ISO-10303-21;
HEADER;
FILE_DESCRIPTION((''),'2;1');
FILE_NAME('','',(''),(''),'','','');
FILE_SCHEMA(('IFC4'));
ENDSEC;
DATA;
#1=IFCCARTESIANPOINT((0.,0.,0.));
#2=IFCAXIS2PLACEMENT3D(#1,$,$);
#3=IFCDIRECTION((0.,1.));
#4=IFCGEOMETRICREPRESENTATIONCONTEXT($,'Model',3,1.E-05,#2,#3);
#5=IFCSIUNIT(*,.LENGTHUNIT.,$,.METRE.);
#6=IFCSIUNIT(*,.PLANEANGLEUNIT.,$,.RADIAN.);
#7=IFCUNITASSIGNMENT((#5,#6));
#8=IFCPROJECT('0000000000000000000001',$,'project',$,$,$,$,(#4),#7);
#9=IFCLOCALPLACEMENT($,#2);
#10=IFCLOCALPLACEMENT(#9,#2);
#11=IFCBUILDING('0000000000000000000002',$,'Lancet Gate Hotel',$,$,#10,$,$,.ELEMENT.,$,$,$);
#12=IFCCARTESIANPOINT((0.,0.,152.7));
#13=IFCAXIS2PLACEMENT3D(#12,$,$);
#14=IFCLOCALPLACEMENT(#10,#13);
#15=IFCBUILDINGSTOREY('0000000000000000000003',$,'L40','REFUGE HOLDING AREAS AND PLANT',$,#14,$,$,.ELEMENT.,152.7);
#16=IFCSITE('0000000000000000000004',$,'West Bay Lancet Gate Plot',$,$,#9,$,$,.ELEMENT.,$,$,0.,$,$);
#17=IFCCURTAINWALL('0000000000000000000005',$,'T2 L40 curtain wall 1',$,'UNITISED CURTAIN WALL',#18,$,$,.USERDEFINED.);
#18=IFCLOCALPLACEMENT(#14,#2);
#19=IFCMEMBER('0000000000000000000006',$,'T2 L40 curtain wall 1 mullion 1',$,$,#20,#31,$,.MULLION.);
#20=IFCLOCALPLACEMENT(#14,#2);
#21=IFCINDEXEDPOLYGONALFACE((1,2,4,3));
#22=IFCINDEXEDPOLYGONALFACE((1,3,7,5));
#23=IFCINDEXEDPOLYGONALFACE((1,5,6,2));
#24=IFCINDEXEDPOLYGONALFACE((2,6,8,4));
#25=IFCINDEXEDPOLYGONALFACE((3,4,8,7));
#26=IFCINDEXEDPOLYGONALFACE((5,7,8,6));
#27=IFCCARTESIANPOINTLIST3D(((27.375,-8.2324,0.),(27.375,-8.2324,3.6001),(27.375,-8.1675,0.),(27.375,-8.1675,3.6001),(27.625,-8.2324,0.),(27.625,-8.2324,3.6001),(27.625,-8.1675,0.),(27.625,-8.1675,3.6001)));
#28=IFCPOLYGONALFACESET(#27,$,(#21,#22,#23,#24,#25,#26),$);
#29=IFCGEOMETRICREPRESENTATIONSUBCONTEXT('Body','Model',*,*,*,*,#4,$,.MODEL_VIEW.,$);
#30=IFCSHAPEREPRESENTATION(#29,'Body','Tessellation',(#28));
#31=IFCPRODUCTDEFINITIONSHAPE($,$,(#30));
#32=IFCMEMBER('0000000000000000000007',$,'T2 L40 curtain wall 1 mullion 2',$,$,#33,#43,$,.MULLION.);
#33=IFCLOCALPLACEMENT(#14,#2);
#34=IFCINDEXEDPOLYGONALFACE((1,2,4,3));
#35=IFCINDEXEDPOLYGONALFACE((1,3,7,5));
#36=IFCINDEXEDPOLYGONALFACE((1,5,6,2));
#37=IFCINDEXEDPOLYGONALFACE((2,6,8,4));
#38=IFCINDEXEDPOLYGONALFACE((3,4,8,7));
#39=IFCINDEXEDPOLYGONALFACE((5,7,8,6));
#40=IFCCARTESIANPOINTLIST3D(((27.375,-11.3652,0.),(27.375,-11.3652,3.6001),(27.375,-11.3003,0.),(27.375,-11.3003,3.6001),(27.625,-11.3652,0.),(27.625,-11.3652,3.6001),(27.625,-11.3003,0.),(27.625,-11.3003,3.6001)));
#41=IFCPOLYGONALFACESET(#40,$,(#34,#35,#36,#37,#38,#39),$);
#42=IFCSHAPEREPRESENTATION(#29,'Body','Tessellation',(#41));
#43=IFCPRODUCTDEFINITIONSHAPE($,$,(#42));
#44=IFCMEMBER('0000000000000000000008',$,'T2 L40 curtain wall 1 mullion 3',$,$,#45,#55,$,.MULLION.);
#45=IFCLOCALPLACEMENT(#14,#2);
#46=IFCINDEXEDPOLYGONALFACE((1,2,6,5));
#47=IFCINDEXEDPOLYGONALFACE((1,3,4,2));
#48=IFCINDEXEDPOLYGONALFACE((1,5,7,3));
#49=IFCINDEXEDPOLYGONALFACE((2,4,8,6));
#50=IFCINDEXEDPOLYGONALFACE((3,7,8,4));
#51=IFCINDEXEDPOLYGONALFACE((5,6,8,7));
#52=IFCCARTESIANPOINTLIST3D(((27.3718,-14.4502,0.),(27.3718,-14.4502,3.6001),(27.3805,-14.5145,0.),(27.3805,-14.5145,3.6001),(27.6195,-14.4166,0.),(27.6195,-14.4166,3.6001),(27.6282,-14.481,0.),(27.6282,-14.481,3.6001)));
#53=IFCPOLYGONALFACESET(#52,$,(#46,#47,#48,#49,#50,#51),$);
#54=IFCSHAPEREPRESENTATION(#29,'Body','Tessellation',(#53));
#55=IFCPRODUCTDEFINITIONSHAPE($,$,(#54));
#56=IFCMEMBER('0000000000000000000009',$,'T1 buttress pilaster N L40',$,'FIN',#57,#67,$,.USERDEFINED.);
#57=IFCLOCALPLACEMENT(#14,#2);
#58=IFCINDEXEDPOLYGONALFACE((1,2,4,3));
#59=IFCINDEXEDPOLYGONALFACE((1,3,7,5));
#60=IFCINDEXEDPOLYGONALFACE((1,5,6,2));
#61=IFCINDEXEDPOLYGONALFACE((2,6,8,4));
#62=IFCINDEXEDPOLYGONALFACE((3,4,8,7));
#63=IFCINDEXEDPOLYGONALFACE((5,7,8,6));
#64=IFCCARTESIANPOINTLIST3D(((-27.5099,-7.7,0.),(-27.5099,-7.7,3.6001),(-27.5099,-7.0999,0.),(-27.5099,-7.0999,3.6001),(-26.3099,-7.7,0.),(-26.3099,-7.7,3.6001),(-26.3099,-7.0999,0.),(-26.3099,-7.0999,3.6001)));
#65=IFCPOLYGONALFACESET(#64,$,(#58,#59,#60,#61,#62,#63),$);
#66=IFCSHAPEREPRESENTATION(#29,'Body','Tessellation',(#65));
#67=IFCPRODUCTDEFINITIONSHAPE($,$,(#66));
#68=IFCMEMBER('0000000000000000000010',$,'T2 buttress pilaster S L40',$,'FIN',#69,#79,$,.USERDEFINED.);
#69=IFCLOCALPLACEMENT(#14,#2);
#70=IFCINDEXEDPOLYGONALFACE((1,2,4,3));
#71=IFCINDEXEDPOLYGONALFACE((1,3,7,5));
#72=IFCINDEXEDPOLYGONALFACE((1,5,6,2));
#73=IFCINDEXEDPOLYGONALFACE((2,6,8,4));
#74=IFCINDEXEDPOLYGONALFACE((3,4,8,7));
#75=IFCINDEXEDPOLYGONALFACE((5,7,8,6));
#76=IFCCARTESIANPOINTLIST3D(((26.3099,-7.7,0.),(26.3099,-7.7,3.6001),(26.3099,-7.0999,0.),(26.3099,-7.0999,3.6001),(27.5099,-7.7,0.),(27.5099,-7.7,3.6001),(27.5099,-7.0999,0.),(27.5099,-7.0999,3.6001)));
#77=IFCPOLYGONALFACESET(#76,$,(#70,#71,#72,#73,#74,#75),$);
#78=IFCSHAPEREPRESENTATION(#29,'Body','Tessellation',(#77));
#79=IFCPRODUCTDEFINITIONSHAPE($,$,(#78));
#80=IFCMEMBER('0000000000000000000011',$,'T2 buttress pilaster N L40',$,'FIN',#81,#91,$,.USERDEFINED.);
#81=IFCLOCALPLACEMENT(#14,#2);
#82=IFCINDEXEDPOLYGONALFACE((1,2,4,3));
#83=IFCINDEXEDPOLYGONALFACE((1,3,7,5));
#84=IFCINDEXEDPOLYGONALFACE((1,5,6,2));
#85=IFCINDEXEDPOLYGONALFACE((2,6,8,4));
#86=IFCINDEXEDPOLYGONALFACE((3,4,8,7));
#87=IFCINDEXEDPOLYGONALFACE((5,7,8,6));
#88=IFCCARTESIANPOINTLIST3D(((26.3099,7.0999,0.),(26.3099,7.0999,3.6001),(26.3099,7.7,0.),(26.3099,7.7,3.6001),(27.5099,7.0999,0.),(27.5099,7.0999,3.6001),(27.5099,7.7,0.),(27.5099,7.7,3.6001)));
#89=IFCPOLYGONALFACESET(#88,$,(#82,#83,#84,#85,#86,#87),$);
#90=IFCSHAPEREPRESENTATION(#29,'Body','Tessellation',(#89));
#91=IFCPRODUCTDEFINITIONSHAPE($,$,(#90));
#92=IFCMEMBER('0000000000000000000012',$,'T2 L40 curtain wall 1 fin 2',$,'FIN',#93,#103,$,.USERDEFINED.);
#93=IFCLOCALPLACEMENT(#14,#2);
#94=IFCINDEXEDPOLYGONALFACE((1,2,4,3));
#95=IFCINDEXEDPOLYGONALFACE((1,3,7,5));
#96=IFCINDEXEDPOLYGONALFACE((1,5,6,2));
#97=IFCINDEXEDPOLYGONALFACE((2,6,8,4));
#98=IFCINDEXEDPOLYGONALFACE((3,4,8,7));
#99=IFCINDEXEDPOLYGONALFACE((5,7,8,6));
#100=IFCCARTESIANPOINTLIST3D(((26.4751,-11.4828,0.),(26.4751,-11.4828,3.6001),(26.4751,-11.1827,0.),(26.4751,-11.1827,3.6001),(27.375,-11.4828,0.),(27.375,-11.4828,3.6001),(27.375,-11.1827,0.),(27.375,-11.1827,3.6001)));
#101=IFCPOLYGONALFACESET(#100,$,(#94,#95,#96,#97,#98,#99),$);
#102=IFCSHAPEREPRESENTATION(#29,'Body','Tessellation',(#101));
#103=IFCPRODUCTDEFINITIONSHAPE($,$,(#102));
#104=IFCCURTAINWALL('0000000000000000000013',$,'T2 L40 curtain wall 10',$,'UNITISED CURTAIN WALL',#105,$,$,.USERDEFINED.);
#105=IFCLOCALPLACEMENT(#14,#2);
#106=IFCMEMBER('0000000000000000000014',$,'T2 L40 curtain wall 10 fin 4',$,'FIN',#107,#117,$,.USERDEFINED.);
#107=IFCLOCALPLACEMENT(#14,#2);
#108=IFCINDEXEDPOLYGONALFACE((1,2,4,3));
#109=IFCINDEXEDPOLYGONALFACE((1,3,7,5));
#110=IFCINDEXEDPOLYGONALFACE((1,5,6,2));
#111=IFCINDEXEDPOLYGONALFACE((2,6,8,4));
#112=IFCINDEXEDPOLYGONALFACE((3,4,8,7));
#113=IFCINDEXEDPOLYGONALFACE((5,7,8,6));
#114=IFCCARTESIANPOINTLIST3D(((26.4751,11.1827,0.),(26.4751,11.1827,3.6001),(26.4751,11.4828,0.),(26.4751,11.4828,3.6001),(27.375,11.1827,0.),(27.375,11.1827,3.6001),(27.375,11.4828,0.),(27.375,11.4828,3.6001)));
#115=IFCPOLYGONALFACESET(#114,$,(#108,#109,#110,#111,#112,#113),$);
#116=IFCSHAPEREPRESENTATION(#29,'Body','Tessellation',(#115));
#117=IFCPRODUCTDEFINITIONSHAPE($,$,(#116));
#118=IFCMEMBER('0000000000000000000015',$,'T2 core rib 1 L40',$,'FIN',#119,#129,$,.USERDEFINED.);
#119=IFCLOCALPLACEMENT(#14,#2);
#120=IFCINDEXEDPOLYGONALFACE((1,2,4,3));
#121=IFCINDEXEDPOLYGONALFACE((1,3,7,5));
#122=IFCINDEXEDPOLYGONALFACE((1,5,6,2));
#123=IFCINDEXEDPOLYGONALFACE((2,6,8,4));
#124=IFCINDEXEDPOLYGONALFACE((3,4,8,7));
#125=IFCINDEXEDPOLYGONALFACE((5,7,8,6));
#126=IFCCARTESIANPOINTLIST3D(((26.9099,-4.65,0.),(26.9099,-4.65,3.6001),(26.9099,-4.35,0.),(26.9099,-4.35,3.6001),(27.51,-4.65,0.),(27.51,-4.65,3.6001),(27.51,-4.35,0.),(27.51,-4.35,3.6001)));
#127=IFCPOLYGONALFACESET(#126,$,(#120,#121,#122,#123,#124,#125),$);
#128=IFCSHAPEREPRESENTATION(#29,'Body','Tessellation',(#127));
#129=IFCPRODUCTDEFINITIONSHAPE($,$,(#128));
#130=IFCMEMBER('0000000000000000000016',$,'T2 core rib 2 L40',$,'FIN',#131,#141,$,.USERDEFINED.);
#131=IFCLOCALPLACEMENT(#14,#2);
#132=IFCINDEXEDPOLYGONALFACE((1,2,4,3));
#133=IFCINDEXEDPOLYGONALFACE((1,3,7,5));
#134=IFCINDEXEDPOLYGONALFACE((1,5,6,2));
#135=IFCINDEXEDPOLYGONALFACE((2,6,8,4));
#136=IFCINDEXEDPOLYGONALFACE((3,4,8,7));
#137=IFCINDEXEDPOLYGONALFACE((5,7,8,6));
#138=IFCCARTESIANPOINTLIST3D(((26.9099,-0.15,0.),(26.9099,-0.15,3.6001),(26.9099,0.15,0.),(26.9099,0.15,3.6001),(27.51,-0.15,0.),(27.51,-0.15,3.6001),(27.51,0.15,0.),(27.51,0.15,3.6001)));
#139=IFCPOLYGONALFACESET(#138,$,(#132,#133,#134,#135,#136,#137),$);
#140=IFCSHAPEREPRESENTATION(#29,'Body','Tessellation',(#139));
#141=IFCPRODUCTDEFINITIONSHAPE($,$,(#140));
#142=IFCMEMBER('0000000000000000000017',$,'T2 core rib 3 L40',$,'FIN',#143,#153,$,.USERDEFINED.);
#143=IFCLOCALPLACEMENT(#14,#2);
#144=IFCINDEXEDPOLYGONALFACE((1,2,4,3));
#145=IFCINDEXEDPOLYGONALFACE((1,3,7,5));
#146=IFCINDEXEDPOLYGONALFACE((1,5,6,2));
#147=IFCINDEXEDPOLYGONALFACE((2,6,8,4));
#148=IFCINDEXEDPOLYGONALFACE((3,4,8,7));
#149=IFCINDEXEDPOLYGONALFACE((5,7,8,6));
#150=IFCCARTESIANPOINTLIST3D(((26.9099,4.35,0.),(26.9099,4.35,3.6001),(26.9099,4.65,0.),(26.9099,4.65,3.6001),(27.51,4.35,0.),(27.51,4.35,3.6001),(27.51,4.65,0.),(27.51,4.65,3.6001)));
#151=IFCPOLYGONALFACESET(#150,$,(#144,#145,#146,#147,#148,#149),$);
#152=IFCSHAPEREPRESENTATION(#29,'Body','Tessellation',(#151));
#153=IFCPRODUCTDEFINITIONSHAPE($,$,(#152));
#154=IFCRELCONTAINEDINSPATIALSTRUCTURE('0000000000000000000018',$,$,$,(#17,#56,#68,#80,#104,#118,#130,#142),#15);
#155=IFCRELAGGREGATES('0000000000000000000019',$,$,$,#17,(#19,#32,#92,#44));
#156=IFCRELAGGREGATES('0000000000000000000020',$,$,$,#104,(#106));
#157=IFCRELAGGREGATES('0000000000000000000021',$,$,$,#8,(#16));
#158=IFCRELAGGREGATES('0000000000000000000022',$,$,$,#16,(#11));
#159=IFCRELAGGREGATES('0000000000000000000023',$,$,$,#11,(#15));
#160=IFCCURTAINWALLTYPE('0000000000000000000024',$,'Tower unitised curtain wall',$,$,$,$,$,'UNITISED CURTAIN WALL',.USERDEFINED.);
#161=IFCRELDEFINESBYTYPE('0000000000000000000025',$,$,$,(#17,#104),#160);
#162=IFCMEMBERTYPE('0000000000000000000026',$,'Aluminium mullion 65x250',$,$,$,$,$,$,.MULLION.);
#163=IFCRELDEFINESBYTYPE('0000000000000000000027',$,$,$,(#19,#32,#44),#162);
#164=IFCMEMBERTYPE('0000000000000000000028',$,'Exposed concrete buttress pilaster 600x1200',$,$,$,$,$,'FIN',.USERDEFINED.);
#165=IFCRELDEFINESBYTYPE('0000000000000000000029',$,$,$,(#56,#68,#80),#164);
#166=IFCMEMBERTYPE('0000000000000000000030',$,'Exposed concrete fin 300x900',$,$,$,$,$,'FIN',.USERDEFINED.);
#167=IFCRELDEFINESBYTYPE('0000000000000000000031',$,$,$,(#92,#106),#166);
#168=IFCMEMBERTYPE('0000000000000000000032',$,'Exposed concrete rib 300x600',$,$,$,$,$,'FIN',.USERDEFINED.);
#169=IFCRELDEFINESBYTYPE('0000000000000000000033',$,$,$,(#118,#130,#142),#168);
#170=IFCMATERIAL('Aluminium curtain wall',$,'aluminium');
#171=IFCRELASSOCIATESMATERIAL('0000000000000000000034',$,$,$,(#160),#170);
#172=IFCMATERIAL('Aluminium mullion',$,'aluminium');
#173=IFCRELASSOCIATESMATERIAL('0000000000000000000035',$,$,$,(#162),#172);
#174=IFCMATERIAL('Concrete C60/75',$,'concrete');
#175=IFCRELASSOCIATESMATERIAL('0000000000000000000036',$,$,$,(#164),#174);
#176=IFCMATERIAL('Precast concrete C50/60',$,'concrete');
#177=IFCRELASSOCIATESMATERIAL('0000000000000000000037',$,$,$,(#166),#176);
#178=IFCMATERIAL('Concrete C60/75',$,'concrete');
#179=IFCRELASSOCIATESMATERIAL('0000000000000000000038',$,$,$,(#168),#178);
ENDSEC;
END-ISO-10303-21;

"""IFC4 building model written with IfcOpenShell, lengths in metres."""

from ifc_helpers import new_model, si_unit, direction, frame, origin, origin_2d, place, context, subcontext, project, spatial, rectangle, extrude, material, material_profile, profile_set, type_object, element, aggregate, save


model = new_model("IFC4")

# Units and contexts
model_context = context("Model", 3, precision=1e-05, world=origin(), true_north=direction((0.0, 1.0)))
body_context = subcontext(model_context, "Body", "Model", "MODEL_VIEW")
ifc_project = project(units=[si_unit("LENGTHUNIT", "METRE"), si_unit("PLANEANGLEUNIT", "RADIAN")], contexts=[model_context])

# Site, building, storey
site_placement = place(None, origin())
site = spatial("IfcSite", under=ifc_project, at=site_placement, Name="West Bay Lancet Gate Plot", CompositionType="ELEMENT", RefElevation=0.0)
building_placement = place(site_placement, origin())
building = spatial("IfcBuilding", under=site, at=building_placement, Name="Lancet Gate Hotel", CompositionType="ELEMENT")
storey_placement = place(building_placement, frame((0.0, 0.0, 152.7)))
storey = spatial("IfcBuildingStorey", under=building, at=storey_placement, Name="L40", Description="REFUGE HOLDING AREAS AND PLANT", CompositionType="ELEMENT", Elevation=152.7)

# Curtain wall, members
ifc_material_1 = material(Name="Aluminium curtain wall", Category="aluminium")
curtain_wall_type = type_object("IfcCurtainWallType", Name="Tower unitised curtain wall", ElementType="UNITISED CURTAIN WALL", PredefinedType="USERDEFINED", material=ifc_material_1)
curtain_wall_1_placement = place(storey_placement, origin())
curtain_wall_1 = element("IfcCurtainWall", 1, at=curtain_wall_1_placement, inside=storey, type_object=curtain_wall_type, Name="T2 L40 curtain wall 1", ObjectType="UNITISED CURTAIN WALL", PredefinedType="USERDEFINED")
ifc_material_2 = material(Name="Aluminium mullion", Category="aluminium")
ifc_material_profile_1 = material_profile(ifc_material_2, rectangle(XDim=0.0649, YDim=0.25, at=origin_2d()), Name="MULLION 65x250")
ifc_profile_set_1 = profile_set([ifc_material_profile_1], Name="Aluminium mullion")
member_type_1 = type_object("IfcMemberType", Name="Aluminium mullion 65x250", PredefinedType="MULLION", material=ifc_profile_set_1)
member_1_placement = place(storey_placement, frame((27.5, -8.2, 0.0), z_axis=(0.0, 0.0, 1.0), x_axis=(0.0, -1.0, 0.0)))
member_1 = element("IfcMember", 2, at=member_1_placement, type_object=member_type_1, Name="T2 L40 curtain wall 1 mullion 1", PredefinedType="MULLION", context=body_context, shape_type="SweptSolid", body=[
    extrude(rectangle(XDim=0.0649, YDim=0.25, at=origin_2d()), origin(), (0.0, 0.0, 1.0), 3.6001),
])
member_2_placement = place(storey_placement, frame((27.5, -11.3328, 0.0), z_axis=(0.0, 0.0, 1.0), x_axis=(0.0, -1.0, 0.0)))
member_2 = element("IfcMember", 3, at=member_2_placement, type_object=member_type_1, Name="T2 L40 curtain wall 1 mullion 2", PredefinedType="MULLION", context=body_context, shape_type="SweptSolid", body=[
    extrude(rectangle(XDim=0.0649, YDim=0.25, at=origin_2d()), origin(), (0.0, 0.0, 1.0), 3.6001),
])
member_3_placement = place(storey_placement, frame((27.5, -14.4656, 0.0), z_axis=(0.0, 0.0, 1.0), x_axis=(0.134207, -0.990953, 0.0)))
member_3 = element("IfcMember", 4, at=member_3_placement, type_object=member_type_1, Name="T2 L40 curtain wall 1 mullion 3", PredefinedType="MULLION", context=body_context, shape_type="SweptSolid", body=[
    extrude(rectangle(XDim=0.0649, YDim=0.25, at=origin_2d()), origin(), (0.0, 0.0, 1.0), 3.6001),
])

# Members
ifc_material_3 = material(Name="Concrete C60/75", Category="concrete")
ifc_material_profile_2 = material_profile(ifc_material_3, rectangle(XDim=0.6001, YDim=1.2, at=origin_2d()), Name="FIN 600x1200")
ifc_profile_set_2 = profile_set([ifc_material_profile_2], Name="Concrete C60/75")
member_type_2 = type_object("IfcMemberType", Name="Exposed concrete buttress pilaster 600x1200", ElementType="FIN", PredefinedType="USERDEFINED", material=ifc_profile_set_2)
for number, where, z_axis, x_axis, name in (
    (5, (-26.9099, -7.3999, 0.0), (0.0, 0.0, 1.0), (0.0, 1.0, 0.0), "T1 buttress pilaster N L40"),
    (6, (26.9099, -7.3999, 0.0), (0.0, 0.0, 1.0), (0.0, 1.0, 0.0), "T2 buttress pilaster S L40"),
    (7, (26.9099, 7.3999, 0.0), (0.0, 0.0, 1.0), (0.0, 1.0, 0.0), "T2 buttress pilaster N L40"),
):
    element("IfcMember", number, at=place(storey_placement, frame(where, z_axis=z_axis, x_axis=x_axis)), inside=storey, type_object=member_type_2, Name=name, ObjectType="FIN", PredefinedType="USERDEFINED", context=body_context, shape_type="SweptSolid", body=[
        extrude(rectangle(XDim=0.6001, YDim=1.2, at=origin_2d()), origin(), (0.0, 0.0, 1.0), 3.6001),
    ])

# Member
ifc_material_4 = material(Name="Precast concrete C50/60", Category="concrete")
ifc_material_profile_3 = material_profile(ifc_material_4, rectangle(XDim=0.3, YDim=0.8999, at=origin_2d()), Name="FIN 300x900")
ifc_profile_set_3 = profile_set([ifc_material_profile_3], Name="Precast concrete C50/60")
member_type_3 = type_object("IfcMemberType", Name="Exposed concrete fin 300x900", ElementType="FIN", PredefinedType="USERDEFINED", material=ifc_profile_set_3)
member_4_placement = place(storey_placement, frame((26.925, -11.3328, 0.0), z_axis=(0.0, 0.0, 1.0), x_axis=(0.0, -1.0, 0.0)))
member_4 = element("IfcMember", 8, at=member_4_placement, type_object=member_type_3, Name="T2 L40 curtain wall 1 fin 2", ObjectType="FIN", PredefinedType="USERDEFINED", context=body_context, shape_type="SweptSolid", body=[
    extrude(rectangle(XDim=0.3, YDim=0.8999, at=origin_2d()), origin(), (0.0, 0.0, 1.0), 3.6001),
])
aggregate(curtain_wall_1, [member_1, member_2, member_4, member_3])

# Curtain wall, member
curtain_wall_2_placement = place(storey_placement, origin())
curtain_wall_2 = element("IfcCurtainWall", 9, at=curtain_wall_2_placement, inside=storey, type_object=curtain_wall_type, Name="T2 L40 curtain wall 10", ObjectType="UNITISED CURTAIN WALL", PredefinedType="USERDEFINED")
member_5_placement = place(storey_placement, frame((26.925, 11.3328, 0.0), z_axis=(0.0, 0.0, 1.0), x_axis=(0.0, -1.0, 0.0)))
member_5 = element("IfcMember", 10, at=member_5_placement, type_object=member_type_3, Name="T2 L40 curtain wall 10 fin 4", ObjectType="FIN", PredefinedType="USERDEFINED", context=body_context, shape_type="SweptSolid", body=[
    extrude(rectangle(XDim=0.3, YDim=0.8999, at=origin_2d()), origin(), (0.0, 0.0, 1.0), 3.6001),
])
aggregate(curtain_wall_2, [member_5])

# Members
ifc_material_5 = material(Name="Concrete C60/75", Category="concrete")
ifc_material_profile_4 = material_profile(ifc_material_5, rectangle(XDim=0.3, YDim=0.6001, at=origin_2d()), Name="FIN 300x600")
ifc_profile_set_4 = profile_set([ifc_material_profile_4], Name="Concrete C60/75")
member_type_4 = type_object("IfcMemberType", Name="Exposed concrete rib 300x600", ElementType="FIN", PredefinedType="USERDEFINED", material=ifc_profile_set_4)
for number, where, z_axis, x_axis, name in (
    (11, (27.21, -4.5, 0.0), (0.0, 0.0, 1.0), (0.0, 1.0, 0.0), "T2 core rib 1 L40"),
    (12, (27.21, 0.0, 0.0), (0.0, 0.0, 1.0), (0.0, 1.0, 0.0), "T2 core rib 2 L40"),
    (13, (27.21, 4.5, 0.0), (0.0, 0.0, 1.0), (0.0, 1.0, 0.0), "T2 core rib 3 L40"),
):
    element("IfcMember", number, at=place(storey_placement, frame(where, z_axis=z_axis, x_axis=x_axis)), inside=storey, type_object=member_type_4, Name=name, ObjectType="FIN", PredefinedType="USERDEFINED", context=body_context, shape_type="SweptSolid", body=[
        extrude(rectangle(XDim=0.3, YDim=0.6001, at=origin_2d()), origin(), (0.0, 0.0, 1.0), 3.6001),
    ])

save(model, "model.ifc")
